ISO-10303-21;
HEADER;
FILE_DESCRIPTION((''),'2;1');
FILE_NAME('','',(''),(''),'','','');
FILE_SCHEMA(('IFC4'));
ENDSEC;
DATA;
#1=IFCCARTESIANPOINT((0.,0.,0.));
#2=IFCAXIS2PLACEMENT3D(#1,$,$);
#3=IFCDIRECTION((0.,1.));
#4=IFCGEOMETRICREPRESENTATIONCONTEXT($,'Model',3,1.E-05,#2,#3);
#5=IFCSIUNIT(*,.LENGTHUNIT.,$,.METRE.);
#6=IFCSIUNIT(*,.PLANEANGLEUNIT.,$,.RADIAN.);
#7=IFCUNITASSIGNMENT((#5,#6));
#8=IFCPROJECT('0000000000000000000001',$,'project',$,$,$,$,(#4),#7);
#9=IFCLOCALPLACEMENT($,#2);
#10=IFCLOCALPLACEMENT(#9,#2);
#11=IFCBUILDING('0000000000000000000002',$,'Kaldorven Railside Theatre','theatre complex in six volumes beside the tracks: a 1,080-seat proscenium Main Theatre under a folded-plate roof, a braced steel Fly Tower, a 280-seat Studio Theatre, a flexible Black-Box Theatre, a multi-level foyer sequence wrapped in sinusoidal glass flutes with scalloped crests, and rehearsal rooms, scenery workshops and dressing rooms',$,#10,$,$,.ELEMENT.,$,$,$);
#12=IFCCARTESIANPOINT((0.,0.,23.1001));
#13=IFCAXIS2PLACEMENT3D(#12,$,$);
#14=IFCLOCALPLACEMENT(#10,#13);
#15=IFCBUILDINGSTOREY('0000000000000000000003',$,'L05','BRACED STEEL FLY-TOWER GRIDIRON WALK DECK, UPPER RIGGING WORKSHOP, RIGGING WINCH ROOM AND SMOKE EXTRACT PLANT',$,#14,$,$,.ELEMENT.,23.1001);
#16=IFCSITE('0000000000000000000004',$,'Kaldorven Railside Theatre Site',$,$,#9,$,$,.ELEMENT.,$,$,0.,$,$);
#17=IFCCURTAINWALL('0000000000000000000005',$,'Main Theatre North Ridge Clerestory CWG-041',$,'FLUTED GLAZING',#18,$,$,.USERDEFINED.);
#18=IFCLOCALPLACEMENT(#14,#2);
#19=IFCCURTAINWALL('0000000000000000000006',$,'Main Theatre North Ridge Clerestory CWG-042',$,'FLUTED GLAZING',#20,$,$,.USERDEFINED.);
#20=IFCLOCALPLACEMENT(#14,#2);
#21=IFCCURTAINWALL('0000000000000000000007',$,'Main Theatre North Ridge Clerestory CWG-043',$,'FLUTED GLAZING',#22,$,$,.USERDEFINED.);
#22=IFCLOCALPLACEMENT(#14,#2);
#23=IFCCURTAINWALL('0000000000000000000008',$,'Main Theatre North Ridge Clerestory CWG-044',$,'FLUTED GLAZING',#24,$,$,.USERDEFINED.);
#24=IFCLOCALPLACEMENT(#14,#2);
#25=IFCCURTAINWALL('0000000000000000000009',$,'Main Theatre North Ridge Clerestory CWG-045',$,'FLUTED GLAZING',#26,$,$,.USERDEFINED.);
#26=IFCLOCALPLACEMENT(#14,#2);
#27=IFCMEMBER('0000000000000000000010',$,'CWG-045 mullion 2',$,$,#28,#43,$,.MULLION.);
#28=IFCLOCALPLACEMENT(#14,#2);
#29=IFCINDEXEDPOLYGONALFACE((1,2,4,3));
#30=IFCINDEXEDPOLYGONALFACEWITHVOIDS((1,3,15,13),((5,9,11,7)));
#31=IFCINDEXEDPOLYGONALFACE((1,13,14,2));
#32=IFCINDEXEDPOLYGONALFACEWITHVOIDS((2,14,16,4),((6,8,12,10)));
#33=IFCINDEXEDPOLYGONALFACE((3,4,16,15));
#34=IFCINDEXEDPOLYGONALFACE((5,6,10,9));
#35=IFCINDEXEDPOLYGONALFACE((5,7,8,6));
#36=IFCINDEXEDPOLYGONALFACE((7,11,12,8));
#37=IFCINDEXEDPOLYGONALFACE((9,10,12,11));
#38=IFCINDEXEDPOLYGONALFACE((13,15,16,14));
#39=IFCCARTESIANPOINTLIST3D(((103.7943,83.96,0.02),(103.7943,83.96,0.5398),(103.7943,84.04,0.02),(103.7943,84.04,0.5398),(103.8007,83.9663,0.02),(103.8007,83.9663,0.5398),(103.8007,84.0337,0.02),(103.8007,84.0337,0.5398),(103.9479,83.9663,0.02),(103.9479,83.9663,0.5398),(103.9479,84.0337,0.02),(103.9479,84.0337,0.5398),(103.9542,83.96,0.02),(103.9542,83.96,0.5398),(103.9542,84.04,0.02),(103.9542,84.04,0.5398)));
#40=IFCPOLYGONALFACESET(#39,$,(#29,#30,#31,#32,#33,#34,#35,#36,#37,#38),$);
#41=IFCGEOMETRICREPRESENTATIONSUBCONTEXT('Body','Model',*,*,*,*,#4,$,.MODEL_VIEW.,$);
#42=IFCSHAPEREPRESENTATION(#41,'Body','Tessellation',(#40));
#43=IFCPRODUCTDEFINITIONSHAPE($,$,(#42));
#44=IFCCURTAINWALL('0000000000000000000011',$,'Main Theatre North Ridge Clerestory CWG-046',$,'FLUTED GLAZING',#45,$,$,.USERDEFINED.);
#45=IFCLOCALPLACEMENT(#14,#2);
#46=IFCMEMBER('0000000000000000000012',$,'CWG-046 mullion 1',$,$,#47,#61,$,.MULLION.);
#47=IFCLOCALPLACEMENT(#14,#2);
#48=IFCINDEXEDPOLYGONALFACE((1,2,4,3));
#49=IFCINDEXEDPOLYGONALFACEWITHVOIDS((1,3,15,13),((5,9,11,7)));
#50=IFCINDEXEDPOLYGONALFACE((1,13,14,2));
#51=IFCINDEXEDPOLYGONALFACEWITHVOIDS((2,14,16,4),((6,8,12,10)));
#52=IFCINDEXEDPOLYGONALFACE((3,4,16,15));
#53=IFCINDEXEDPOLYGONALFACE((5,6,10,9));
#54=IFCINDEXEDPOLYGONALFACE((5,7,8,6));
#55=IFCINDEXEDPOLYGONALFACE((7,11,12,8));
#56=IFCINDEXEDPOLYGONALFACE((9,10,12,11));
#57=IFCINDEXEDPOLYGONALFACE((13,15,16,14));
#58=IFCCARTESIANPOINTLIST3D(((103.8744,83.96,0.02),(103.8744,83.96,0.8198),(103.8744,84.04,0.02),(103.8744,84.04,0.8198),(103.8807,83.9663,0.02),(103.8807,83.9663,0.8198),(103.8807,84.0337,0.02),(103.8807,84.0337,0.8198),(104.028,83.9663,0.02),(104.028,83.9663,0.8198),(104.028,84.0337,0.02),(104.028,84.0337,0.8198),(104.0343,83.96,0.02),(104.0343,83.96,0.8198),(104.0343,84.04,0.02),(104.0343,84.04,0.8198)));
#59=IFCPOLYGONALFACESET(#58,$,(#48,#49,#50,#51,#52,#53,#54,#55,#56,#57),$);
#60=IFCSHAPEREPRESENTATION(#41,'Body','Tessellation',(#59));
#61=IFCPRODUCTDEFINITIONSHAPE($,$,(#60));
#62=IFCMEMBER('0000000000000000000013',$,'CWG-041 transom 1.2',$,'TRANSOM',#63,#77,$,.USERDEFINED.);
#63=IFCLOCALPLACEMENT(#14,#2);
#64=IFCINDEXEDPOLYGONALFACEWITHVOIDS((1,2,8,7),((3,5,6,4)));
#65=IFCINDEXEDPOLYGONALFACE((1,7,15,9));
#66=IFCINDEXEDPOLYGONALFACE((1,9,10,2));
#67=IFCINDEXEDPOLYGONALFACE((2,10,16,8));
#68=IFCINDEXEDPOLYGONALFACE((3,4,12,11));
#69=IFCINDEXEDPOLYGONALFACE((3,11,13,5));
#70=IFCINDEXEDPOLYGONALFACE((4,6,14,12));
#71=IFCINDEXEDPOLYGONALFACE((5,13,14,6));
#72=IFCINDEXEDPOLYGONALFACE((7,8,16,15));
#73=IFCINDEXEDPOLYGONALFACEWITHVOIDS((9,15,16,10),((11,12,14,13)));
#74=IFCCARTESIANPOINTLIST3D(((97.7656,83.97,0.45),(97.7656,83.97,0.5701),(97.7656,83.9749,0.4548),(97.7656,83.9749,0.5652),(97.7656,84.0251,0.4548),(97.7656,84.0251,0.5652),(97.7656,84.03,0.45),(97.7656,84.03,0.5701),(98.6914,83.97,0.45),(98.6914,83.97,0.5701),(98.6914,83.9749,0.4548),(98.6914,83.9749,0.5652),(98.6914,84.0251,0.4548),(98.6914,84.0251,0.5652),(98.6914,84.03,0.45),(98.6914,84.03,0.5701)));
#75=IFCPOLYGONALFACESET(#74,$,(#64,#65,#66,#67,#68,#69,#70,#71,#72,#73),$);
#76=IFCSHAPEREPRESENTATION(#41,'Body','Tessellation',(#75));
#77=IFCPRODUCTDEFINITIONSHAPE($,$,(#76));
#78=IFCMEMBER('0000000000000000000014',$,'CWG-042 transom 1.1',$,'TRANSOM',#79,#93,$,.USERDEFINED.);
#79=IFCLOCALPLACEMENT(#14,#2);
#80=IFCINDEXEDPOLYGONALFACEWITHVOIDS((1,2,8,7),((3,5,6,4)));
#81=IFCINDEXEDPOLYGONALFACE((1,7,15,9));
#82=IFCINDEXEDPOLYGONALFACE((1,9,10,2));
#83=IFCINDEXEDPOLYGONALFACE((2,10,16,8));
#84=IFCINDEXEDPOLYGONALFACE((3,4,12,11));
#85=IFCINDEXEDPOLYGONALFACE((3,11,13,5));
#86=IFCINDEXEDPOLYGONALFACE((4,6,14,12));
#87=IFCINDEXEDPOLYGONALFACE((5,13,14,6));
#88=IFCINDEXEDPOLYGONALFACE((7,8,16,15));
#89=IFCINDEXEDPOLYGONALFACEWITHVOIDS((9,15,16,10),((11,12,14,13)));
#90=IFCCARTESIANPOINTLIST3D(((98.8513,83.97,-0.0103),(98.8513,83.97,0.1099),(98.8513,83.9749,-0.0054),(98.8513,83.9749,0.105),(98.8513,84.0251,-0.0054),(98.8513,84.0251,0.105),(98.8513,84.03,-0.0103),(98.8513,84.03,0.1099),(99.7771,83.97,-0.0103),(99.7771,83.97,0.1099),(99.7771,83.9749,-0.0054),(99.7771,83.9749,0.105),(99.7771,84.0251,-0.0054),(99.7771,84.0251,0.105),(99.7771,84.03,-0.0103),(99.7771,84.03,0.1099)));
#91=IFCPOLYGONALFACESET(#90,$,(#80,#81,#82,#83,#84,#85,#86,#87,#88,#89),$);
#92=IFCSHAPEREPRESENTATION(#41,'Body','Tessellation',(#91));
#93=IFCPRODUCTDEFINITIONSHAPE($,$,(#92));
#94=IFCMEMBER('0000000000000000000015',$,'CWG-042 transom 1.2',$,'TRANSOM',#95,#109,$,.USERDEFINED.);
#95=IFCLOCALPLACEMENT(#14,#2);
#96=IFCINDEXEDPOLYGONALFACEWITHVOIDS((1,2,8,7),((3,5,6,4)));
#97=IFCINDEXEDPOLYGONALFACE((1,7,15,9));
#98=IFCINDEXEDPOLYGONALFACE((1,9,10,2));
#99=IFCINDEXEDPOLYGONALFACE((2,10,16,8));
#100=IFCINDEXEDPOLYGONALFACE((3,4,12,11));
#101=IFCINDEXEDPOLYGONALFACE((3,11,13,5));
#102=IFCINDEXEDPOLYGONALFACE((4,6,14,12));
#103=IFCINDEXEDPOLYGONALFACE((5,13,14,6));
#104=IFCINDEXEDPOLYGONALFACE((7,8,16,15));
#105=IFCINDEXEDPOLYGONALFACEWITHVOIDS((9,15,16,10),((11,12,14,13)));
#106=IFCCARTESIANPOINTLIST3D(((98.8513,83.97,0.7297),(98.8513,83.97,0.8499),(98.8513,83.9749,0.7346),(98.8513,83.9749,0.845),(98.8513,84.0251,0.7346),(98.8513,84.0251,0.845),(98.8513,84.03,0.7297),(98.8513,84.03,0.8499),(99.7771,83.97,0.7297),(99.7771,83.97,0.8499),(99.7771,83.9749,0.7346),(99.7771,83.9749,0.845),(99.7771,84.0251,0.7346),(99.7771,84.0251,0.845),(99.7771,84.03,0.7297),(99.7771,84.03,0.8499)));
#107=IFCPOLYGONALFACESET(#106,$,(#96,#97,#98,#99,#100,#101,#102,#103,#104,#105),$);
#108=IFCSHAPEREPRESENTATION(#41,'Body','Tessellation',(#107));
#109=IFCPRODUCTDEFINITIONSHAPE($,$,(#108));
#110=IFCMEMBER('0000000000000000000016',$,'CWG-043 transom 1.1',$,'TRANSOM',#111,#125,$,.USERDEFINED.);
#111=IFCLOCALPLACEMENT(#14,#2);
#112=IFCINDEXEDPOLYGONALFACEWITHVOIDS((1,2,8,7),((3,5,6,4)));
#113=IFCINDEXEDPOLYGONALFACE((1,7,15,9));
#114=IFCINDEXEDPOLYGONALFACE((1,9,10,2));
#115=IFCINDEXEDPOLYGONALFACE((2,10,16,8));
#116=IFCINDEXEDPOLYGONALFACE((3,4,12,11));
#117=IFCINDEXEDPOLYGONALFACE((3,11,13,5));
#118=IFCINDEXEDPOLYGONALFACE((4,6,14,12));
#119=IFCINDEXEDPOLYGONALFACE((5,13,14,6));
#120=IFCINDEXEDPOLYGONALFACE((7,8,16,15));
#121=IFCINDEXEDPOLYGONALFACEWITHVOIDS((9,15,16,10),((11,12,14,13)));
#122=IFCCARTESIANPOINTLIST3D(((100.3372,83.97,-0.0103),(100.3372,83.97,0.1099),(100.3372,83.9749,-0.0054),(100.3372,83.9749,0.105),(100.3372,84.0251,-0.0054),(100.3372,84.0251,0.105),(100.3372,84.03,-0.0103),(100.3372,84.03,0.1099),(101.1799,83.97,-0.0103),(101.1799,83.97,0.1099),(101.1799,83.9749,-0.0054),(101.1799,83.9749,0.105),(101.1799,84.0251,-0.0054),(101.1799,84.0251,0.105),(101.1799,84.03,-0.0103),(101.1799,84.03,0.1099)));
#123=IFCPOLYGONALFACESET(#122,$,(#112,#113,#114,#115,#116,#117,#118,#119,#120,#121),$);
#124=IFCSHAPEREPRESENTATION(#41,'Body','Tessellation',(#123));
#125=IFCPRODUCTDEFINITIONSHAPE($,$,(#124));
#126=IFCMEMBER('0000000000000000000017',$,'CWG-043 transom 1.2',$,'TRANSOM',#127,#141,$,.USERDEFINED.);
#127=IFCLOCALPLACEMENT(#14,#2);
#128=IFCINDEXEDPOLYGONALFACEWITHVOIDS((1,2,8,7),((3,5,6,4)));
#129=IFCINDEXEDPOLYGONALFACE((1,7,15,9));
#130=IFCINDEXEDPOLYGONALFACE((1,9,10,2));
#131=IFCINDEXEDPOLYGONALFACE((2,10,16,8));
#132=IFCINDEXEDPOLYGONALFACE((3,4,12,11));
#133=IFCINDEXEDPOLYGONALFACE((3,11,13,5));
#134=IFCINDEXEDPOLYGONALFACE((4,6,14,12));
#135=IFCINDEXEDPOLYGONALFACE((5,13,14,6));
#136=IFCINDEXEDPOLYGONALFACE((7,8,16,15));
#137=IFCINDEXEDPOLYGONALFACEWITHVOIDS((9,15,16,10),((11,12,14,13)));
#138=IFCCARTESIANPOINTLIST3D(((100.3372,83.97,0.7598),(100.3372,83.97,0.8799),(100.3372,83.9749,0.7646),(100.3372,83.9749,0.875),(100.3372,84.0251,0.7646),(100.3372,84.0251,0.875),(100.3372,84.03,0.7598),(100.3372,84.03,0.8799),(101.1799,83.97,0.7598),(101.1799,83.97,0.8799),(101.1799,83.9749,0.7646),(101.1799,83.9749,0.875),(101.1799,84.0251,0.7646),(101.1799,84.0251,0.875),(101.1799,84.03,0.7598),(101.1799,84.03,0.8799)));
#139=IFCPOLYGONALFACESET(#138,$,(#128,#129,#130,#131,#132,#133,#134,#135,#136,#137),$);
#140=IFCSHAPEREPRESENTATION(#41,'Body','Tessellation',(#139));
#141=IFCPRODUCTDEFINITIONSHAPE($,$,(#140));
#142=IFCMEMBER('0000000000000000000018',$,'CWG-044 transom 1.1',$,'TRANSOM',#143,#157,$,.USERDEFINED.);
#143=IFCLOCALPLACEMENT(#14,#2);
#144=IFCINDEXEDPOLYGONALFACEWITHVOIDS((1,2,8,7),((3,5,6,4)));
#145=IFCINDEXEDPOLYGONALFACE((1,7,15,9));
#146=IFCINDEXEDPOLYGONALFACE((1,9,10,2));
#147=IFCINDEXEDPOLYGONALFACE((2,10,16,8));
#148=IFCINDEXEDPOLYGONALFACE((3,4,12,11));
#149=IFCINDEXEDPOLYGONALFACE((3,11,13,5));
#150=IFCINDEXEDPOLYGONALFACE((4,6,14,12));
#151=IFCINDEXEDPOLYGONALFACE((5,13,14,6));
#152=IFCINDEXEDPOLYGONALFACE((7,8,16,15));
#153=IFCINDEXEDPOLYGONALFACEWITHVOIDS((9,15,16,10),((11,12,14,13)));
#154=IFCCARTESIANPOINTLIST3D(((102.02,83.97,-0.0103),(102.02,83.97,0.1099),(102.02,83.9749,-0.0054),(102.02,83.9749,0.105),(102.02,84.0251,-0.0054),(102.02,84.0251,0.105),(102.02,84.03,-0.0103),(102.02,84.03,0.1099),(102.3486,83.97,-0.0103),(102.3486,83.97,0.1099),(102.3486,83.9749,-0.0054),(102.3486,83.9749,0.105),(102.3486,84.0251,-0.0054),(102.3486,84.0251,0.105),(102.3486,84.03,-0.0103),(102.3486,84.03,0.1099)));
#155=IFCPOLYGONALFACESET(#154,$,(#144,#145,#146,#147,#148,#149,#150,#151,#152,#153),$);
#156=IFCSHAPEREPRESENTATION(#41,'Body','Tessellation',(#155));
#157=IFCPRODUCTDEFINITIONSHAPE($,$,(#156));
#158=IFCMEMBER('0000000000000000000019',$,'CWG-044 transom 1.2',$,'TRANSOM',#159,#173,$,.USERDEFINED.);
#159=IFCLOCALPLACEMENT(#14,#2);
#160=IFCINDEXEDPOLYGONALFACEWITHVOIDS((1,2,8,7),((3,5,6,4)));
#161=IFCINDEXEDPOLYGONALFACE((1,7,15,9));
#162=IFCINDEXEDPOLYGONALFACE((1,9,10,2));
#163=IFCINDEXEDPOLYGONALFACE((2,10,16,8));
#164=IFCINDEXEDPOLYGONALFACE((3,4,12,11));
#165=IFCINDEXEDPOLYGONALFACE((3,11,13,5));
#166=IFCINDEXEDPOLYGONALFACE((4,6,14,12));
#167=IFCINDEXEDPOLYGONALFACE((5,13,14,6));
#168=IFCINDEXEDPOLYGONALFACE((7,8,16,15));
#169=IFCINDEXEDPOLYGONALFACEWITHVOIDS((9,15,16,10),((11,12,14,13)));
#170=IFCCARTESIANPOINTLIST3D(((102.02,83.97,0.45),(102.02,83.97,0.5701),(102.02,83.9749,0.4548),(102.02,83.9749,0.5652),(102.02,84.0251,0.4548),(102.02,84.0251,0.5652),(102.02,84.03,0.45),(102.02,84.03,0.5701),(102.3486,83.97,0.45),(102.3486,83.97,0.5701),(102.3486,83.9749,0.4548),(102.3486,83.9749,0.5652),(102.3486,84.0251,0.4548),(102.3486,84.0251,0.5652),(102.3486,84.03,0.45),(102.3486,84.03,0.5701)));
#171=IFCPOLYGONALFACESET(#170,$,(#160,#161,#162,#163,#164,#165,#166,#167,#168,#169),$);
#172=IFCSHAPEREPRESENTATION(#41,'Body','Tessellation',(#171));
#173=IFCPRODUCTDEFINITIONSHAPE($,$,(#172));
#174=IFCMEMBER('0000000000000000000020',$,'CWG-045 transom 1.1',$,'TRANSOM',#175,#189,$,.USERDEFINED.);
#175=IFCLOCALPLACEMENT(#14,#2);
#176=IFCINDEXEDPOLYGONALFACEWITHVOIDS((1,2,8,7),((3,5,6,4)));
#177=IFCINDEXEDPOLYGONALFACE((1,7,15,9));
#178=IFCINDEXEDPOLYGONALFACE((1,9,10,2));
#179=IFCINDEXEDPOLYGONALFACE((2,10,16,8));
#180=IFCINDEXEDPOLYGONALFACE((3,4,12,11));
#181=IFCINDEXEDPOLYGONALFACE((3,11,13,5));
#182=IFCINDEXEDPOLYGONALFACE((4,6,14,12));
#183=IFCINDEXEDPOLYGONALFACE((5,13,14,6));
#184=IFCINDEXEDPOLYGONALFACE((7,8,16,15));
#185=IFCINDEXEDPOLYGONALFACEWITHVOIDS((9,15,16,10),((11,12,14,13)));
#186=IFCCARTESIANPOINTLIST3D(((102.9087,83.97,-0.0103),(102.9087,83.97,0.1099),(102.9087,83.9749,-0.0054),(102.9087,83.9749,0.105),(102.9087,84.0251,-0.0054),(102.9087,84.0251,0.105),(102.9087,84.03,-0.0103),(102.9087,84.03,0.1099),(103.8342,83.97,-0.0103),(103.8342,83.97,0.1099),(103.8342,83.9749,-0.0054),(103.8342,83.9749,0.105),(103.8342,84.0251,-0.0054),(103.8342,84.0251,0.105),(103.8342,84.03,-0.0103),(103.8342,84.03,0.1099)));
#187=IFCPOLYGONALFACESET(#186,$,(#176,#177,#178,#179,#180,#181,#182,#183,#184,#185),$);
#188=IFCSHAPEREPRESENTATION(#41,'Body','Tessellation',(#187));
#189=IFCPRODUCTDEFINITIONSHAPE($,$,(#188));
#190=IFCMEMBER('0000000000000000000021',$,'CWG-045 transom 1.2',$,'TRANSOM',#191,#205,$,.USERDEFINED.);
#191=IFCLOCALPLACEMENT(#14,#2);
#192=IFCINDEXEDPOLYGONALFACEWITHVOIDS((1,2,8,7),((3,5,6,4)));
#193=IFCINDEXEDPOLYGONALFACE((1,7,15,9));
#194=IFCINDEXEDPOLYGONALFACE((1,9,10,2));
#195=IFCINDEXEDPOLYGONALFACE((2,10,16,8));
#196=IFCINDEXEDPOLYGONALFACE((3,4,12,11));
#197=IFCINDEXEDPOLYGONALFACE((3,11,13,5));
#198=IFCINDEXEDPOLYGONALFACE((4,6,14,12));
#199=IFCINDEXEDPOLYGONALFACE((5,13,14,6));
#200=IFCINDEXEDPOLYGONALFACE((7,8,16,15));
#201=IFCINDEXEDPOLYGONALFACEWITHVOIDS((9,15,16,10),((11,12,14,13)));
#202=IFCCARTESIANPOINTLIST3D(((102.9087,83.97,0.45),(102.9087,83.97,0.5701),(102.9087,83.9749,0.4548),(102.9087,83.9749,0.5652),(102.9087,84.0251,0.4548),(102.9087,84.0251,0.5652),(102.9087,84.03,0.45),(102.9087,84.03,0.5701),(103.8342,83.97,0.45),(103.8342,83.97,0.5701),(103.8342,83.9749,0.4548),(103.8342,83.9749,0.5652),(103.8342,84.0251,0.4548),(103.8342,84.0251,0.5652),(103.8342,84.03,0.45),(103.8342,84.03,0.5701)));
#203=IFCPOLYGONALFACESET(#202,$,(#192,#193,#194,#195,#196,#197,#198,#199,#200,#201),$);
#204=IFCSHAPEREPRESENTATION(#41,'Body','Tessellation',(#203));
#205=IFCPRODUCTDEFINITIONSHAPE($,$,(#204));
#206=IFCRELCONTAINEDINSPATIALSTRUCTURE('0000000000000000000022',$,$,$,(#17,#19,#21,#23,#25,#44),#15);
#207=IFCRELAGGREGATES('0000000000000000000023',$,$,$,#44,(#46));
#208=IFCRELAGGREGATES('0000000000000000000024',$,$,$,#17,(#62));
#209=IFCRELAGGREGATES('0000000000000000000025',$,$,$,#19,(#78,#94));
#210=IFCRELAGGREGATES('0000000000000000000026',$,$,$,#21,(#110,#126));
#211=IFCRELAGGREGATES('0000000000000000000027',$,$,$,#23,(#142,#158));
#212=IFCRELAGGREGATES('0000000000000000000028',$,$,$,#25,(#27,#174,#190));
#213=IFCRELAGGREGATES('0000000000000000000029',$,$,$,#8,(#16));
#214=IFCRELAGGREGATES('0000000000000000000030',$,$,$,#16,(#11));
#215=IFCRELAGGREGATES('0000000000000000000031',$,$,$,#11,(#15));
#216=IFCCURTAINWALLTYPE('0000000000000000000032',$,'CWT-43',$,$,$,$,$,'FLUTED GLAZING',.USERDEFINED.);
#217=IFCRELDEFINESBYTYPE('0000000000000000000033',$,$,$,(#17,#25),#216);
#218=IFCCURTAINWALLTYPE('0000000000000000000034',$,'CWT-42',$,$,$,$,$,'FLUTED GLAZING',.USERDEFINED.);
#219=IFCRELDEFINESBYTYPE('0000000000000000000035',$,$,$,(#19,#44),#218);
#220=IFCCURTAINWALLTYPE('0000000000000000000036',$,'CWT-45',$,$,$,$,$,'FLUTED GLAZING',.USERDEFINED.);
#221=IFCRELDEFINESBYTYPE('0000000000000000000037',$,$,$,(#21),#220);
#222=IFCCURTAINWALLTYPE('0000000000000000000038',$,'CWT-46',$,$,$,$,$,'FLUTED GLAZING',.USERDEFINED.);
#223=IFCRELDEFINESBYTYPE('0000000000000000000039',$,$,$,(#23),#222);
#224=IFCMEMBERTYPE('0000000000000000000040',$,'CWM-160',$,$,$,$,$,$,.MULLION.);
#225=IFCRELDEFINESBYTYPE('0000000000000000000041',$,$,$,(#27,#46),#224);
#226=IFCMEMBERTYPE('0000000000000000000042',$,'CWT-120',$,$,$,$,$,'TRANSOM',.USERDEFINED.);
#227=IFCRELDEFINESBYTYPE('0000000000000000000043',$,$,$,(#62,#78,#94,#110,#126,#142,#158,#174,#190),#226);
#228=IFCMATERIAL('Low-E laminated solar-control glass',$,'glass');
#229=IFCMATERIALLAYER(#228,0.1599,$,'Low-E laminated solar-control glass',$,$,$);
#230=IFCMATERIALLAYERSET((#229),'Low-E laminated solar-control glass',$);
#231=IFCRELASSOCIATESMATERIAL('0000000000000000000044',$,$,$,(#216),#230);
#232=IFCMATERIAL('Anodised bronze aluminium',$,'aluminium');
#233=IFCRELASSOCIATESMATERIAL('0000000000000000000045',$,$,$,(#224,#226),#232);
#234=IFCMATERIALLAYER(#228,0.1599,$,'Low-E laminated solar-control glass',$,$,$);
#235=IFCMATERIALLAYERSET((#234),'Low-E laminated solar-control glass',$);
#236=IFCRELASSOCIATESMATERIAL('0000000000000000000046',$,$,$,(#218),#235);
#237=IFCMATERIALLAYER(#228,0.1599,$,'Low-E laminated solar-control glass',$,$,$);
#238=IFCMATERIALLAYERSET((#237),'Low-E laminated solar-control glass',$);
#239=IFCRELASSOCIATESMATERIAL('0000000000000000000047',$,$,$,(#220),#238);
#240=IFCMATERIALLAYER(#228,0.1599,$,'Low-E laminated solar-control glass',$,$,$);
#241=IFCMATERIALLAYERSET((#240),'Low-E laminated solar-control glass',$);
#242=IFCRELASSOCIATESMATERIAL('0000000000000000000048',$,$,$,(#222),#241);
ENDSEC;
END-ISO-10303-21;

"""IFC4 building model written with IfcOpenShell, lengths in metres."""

from ifc_helpers import new_model, si_unit, direction, frame, origin, origin_2d, place, context, subcontext, project, spatial, hollow_rectangle, extrude, material, layer, layer_set, material_profile, profile_set, type_object, element, aggregate, save


model = new_model("IFC4")

# Units and contexts
model_context = context("Model", 3, precision=1e-05, world=origin(), true_north=direction((0.0, 1.0)))
body_context = subcontext(model_context, "Body", "Model", "MODEL_VIEW")
ifc_project = project(units=[si_unit("LENGTHUNIT", "METRE"), si_unit("PLANEANGLEUNIT", "RADIAN")], contexts=[model_context])

# Site, building, storey
site_placement = place(None, origin())
site = spatial("IfcSite", under=ifc_project, at=site_placement, Name="Kaldorven Railside Theatre Site", CompositionType="ELEMENT", RefElevation=0.0)
building_placement = place(site_placement, origin())
building = spatial("IfcBuilding", under=site, at=building_placement, Name="Kaldorven Railside Theatre", Description="theatre complex in six volumes beside the tracks: a 1,080-seat proscenium Main Theatre under a folded-plate roof, a braced steel Fly Tower, a 280-seat Studio Theatre, a flexible Black-Box Theatre, a multi-level foyer sequence wrapped in sinusoidal glass flutes with scalloped crests, and rehearsal rooms, scenery workshops and dressing rooms", CompositionType="ELEMENT")
storey_placement = place(building_placement, frame((0.0, 0.0, 23.1001)))
storey = spatial("IfcBuildingStorey", under=building, at=storey_placement, Name="L05", Description="BRACED STEEL FLY-TOWER GRIDIRON WALK DECK, UPPER RIGGING WORKSHOP, RIGGING WINCH ROOM AND SMOKE EXTRACT PLANT", CompositionType="ELEMENT", Elevation=23.1001)

# Curtain wall
ifc_material_1 = material(Name="Low-E laminated solar-control glass", Category="glass")
ifc_layer_1 = layer(ifc_material_1, 0.1599, Name="Low-E laminated solar-control glass")
ifc_layer_set_1 = layer_set([ifc_layer_1], Name="Low-E laminated solar-control glass")
curtain_wall_type_1 = type_object("IfcCurtainWallType", Name="CWT-43", ElementType="FLUTED GLAZING", PredefinedType="USERDEFINED", material=ifc_layer_set_1)
curtain_wall_1_placement = place(storey_placement, origin())
curtain_wall_1 = element("IfcCurtainWall", 1, at=curtain_wall_1_placement, inside=storey, type_object=curtain_wall_type_1, Name="Main Theatre North Ridge Clerestory CWG-041", ObjectType="FLUTED GLAZING", PredefinedType="USERDEFINED")
ifc_material_2 = material(Name="Anodised bronze aluminium", Category="aluminium")
ifc_material_profile_1 = material_profile(ifc_material_2, hollow_rectangle(XDim=0.0801, YDim=0.1599, WallThickness=0.0063, at=origin_2d()), Name="RHS 160x80x6.3")
ifc_profile_set_1 = profile_set([ifc_material_profile_1], Name="Anodised bronze aluminium")
member_type_1 = type_object("IfcMemberType", Name="CWM-160", PredefinedType="MULLION", material=ifc_profile_set_1)

# Curtain walls, member
ifc_layer_2 = layer(ifc_material_1, 0.1599, Name="Low-E laminated solar-control glass")
ifc_layer_set_2 = layer_set([ifc_layer_2], Name="Low-E laminated solar-control glass")
curtain_wall_type_2 = type_object("IfcCurtainWallType", Name="CWT-42", ElementType="FLUTED GLAZING", PredefinedType="USERDEFINED", material=ifc_layer_set_2)
curtain_wall_2_placement = place(storey_placement, origin())
curtain_wall_2 = element("IfcCurtainWall", 2, at=curtain_wall_2_placement, inside=storey, type_object=curtain_wall_type_2, Name="Main Theatre North Ridge Clerestory CWG-042", ObjectType="FLUTED GLAZING", PredefinedType="USERDEFINED")
ifc_layer_3 = layer(ifc_material_1, 0.1599, Name="Low-E laminated solar-control glass")
ifc_layer_set_3 = layer_set([ifc_layer_3], Name="Low-E laminated solar-control glass")
curtain_wall_type_3 = type_object("IfcCurtainWallType", Name="CWT-45", ElementType="FLUTED GLAZING", PredefinedType="USERDEFINED", material=ifc_layer_set_3)
curtain_wall_3_placement = place(storey_placement, origin())
curtain_wall_3 = element("IfcCurtainWall", 3, at=curtain_wall_3_placement, inside=storey, type_object=curtain_wall_type_3, Name="Main Theatre North Ridge Clerestory CWG-043", ObjectType="FLUTED GLAZING", PredefinedType="USERDEFINED")
ifc_layer_4 = layer(ifc_material_1, 0.1599, Name="Low-E laminated solar-control glass")
ifc_layer_set_4 = layer_set([ifc_layer_4], Name="Low-E laminated solar-control glass")
curtain_wall_type_4 = type_object("IfcCurtainWallType", Name="CWT-46", ElementType="FLUTED GLAZING", PredefinedType="USERDEFINED", material=ifc_layer_set_4)
curtain_wall_4_placement = place(storey_placement, origin())
curtain_wall_4 = element("IfcCurtainWall", 4, at=curtain_wall_4_placement, inside=storey, type_object=curtain_wall_type_4, Name="Main Theatre North Ridge Clerestory CWG-044", ObjectType="FLUTED GLAZING", PredefinedType="USERDEFINED")
curtain_wall_5_placement = place(storey_placement, origin())
curtain_wall_5 = element("IfcCurtainWall", 5, at=curtain_wall_5_placement, inside=storey, type_object=curtain_wall_type_1, Name="Main Theatre North Ridge Clerestory CWG-045", ObjectType="FLUTED GLAZING", PredefinedType="USERDEFINED")
member_1_placement = place(storey_placement, frame((103.8743, 84.0, 0.02), z_axis=(0.0, 0.0, 1.0), x_axis=(0.0, 1.0, 0.0)))
member_1 = element("IfcMember", 6, at=member_1_placement, type_object=member_type_1, Name="CWG-045 mullion 2", PredefinedType="MULLION", context=body_context, shape_type="SweptSolid", body=[
    extrude(hollow_rectangle(XDim=0.0801, YDim=0.1599, WallThickness=0.0063, at=origin_2d()), origin(), (0.0, 0.0, 1.0), 0.5198),
])

# Curtain wall, member
curtain_wall_6_placement = place(storey_placement, origin())
curtain_wall_6 = element("IfcCurtainWall", 7, at=curtain_wall_6_placement, inside=storey, type_object=curtain_wall_type_2, Name="Main Theatre North Ridge Clerestory CWG-046", ObjectType="FLUTED GLAZING", PredefinedType="USERDEFINED")
member_2_placement = place(storey_placement, frame((103.9543, 84.0, 0.02), z_axis=(0.0, 0.0, 1.0), x_axis=(0.0, 1.0, 0.0)))
member_2 = element("IfcMember", 8, at=member_2_placement, type_object=member_type_1, Name="CWG-046 mullion 1", PredefinedType="MULLION", context=body_context, shape_type="SweptSolid", body=[
    extrude(hollow_rectangle(XDim=0.0801, YDim=0.1599, WallThickness=0.0063, at=origin_2d()), origin(), (0.0, 0.0, 1.0), 0.7998),
])

# Members
ifc_material_profile_2 = material_profile(ifc_material_2, hollow_rectangle(XDim=0.0601, YDim=0.1201, WallThickness=0.0049, at=origin_2d()), Name="RHS 120x60x5")
ifc_profile_set_2 = profile_set([ifc_material_profile_2], Name="Anodised bronze aluminium")
member_type_2 = type_object("IfcMemberType", Name="CWT-120", ElementType="TRANSOM", PredefinedType="USERDEFINED", material=ifc_profile_set_2)
member_3_placement = place(storey_placement, frame((97.7656, 84.0, 0.51), z_axis=(1.0, 0.0, 0.0), x_axis=(0.0, 1.0, 0.0)))
member_3 = element("IfcMember", 9, at=member_3_placement, type_object=member_type_2, Name="CWG-041 transom 1.2", ObjectType="TRANSOM", PredefinedType="USERDEFINED", context=body_context, shape_type="SweptSolid", body=[
    extrude(hollow_rectangle(XDim=0.0601, YDim=0.1201, WallThickness=0.0049, at=origin_2d()), origin(), (0.0, 0.0, 1.0), 0.9258),
])
member_4_placement = place(storey_placement, frame((98.8513, 84.0, 0.0498), z_axis=(1.0, 0.0, 0.0), x_axis=(0.0, 1.0, 0.0)))
member_4 = element("IfcMember", 10, at=member_4_placement, type_object=member_type_2, Name="CWG-042 transom 1.1", ObjectType="TRANSOM", PredefinedType="USERDEFINED", context=body_context, shape_type="SweptSolid", body=[
    extrude(hollow_rectangle(XDim=0.0601, YDim=0.1201, WallThickness=0.0049, at=origin_2d()), origin(), (0.0, 0.0, 1.0), 0.9258),
])
member_5_placement = place(storey_placement, frame((98.8513, 84.0, 0.7898), z_axis=(1.0, 0.0, 0.0), x_axis=(0.0, 1.0, 0.0)))
member_5 = element("IfcMember", 11, at=member_5_placement, type_object=member_type_2, Name="CWG-042 transom 1.2", ObjectType="TRANSOM", PredefinedType="USERDEFINED", context=body_context, shape_type="SweptSolid", body=[
    extrude(hollow_rectangle(XDim=0.0601, YDim=0.1201, WallThickness=0.0049, at=origin_2d()), origin(), (0.0, 0.0, 1.0), 0.9258),
])
member_6_placement = place(storey_placement, frame((100.3372, 84.0, 0.0498), z_axis=(1.0, 0.0, 0.0), x_axis=(0.0, 1.0, 0.0)))
member_6 = element("IfcMember", 12, at=member_6_placement, type_object=member_type_2, Name="CWG-043 transom 1.1", ObjectType="TRANSOM", PredefinedType="USERDEFINED", context=body_context, shape_type="SweptSolid", body=[
    extrude(hollow_rectangle(XDim=0.0601, YDim=0.1201, WallThickness=0.0049, at=origin_2d()), origin(), (0.0, 0.0, 1.0), 0.8428),
])
member_7_placement = place(storey_placement, frame((100.3372, 84.0, 0.8198), z_axis=(1.0, 0.0, 0.0), x_axis=(0.0, 1.0, 0.0)))
member_7 = element("IfcMember", 13, at=member_7_placement, type_object=member_type_2, Name="CWG-043 transom 1.2", ObjectType="TRANSOM", PredefinedType="USERDEFINED", context=body_context, shape_type="SweptSolid", body=[
    extrude(hollow_rectangle(XDim=0.0601, YDim=0.1201, WallThickness=0.0049, at=origin_2d()), origin(), (0.0, 0.0, 1.0), 0.8428),
])
member_8_placement = place(storey_placement, frame((102.02, 84.0, 0.0498), z_axis=(1.0, 0.0, 0.0), x_axis=(0.0, 1.0, 0.0)))
member_8 = element("IfcMember", 14, at=member_8_placement, type_object=member_type_2, Name="CWG-044 transom 1.1", ObjectType="TRANSOM", PredefinedType="USERDEFINED", context=body_context, shape_type="SweptSolid", body=[
    extrude(hollow_rectangle(XDim=0.0601, YDim=0.1201, WallThickness=0.0049, at=origin_2d()), origin(), (0.0, 0.0, 1.0), 0.3286),
])
member_9_placement = place(storey_placement, frame((102.02, 84.0, 0.51), z_axis=(1.0, 0.0, 0.0), x_axis=(0.0, 1.0, 0.0)))
member_9 = element("IfcMember", 15, at=member_9_placement, type_object=member_type_2, Name="CWG-044 transom 1.2", ObjectType="TRANSOM", PredefinedType="USERDEFINED", context=body_context, shape_type="SweptSolid", body=[
    extrude(hollow_rectangle(XDim=0.0601, YDim=0.1201, WallThickness=0.0049, at=origin_2d()), origin(), (0.0, 0.0, 1.0), 0.3286),
])
member_10_placement = place(storey_placement, frame((102.9087, 84.0, 0.0498), z_axis=(1.0, 0.0, 0.0), x_axis=(0.0, 1.0, 0.0)))
member_10 = element("IfcMember", 16, at=member_10_placement, type_object=member_type_2, Name="CWG-045 transom 1.1", ObjectType="TRANSOM", PredefinedType="USERDEFINED", context=body_context, shape_type="SweptSolid", body=[
    extrude(hollow_rectangle(XDim=0.0601, YDim=0.1201, WallThickness=0.0049, at=origin_2d()), origin(), (0.0, 0.0, 1.0), 0.9255),
])
member_11_placement = place(storey_placement, frame((102.9087, 84.0, 0.51), z_axis=(1.0, 0.0, 0.0), x_axis=(0.0, 1.0, 0.0)))
member_11 = element("IfcMember", 17, at=member_11_placement, type_object=member_type_2, Name="CWG-045 transom 1.2", ObjectType="TRANSOM", PredefinedType="USERDEFINED", context=body_context, shape_type="SweptSolid", body=[
    extrude(hollow_rectangle(XDim=0.0601, YDim=0.1201, WallThickness=0.0049, at=origin_2d()), origin(), (0.0, 0.0, 1.0), 0.9255),
])
aggregate(curtain_wall_6, [member_2])

aggregate(curtain_wall_1, [member_3])
aggregate(curtain_wall_2, [member_4, member_5])
aggregate(curtain_wall_3, [member_6, member_7])
aggregate(curtain_wall_4, [member_8, member_9])
aggregate(curtain_wall_5, [member_1, member_10, member_11])

save(model, "model.ifc")
